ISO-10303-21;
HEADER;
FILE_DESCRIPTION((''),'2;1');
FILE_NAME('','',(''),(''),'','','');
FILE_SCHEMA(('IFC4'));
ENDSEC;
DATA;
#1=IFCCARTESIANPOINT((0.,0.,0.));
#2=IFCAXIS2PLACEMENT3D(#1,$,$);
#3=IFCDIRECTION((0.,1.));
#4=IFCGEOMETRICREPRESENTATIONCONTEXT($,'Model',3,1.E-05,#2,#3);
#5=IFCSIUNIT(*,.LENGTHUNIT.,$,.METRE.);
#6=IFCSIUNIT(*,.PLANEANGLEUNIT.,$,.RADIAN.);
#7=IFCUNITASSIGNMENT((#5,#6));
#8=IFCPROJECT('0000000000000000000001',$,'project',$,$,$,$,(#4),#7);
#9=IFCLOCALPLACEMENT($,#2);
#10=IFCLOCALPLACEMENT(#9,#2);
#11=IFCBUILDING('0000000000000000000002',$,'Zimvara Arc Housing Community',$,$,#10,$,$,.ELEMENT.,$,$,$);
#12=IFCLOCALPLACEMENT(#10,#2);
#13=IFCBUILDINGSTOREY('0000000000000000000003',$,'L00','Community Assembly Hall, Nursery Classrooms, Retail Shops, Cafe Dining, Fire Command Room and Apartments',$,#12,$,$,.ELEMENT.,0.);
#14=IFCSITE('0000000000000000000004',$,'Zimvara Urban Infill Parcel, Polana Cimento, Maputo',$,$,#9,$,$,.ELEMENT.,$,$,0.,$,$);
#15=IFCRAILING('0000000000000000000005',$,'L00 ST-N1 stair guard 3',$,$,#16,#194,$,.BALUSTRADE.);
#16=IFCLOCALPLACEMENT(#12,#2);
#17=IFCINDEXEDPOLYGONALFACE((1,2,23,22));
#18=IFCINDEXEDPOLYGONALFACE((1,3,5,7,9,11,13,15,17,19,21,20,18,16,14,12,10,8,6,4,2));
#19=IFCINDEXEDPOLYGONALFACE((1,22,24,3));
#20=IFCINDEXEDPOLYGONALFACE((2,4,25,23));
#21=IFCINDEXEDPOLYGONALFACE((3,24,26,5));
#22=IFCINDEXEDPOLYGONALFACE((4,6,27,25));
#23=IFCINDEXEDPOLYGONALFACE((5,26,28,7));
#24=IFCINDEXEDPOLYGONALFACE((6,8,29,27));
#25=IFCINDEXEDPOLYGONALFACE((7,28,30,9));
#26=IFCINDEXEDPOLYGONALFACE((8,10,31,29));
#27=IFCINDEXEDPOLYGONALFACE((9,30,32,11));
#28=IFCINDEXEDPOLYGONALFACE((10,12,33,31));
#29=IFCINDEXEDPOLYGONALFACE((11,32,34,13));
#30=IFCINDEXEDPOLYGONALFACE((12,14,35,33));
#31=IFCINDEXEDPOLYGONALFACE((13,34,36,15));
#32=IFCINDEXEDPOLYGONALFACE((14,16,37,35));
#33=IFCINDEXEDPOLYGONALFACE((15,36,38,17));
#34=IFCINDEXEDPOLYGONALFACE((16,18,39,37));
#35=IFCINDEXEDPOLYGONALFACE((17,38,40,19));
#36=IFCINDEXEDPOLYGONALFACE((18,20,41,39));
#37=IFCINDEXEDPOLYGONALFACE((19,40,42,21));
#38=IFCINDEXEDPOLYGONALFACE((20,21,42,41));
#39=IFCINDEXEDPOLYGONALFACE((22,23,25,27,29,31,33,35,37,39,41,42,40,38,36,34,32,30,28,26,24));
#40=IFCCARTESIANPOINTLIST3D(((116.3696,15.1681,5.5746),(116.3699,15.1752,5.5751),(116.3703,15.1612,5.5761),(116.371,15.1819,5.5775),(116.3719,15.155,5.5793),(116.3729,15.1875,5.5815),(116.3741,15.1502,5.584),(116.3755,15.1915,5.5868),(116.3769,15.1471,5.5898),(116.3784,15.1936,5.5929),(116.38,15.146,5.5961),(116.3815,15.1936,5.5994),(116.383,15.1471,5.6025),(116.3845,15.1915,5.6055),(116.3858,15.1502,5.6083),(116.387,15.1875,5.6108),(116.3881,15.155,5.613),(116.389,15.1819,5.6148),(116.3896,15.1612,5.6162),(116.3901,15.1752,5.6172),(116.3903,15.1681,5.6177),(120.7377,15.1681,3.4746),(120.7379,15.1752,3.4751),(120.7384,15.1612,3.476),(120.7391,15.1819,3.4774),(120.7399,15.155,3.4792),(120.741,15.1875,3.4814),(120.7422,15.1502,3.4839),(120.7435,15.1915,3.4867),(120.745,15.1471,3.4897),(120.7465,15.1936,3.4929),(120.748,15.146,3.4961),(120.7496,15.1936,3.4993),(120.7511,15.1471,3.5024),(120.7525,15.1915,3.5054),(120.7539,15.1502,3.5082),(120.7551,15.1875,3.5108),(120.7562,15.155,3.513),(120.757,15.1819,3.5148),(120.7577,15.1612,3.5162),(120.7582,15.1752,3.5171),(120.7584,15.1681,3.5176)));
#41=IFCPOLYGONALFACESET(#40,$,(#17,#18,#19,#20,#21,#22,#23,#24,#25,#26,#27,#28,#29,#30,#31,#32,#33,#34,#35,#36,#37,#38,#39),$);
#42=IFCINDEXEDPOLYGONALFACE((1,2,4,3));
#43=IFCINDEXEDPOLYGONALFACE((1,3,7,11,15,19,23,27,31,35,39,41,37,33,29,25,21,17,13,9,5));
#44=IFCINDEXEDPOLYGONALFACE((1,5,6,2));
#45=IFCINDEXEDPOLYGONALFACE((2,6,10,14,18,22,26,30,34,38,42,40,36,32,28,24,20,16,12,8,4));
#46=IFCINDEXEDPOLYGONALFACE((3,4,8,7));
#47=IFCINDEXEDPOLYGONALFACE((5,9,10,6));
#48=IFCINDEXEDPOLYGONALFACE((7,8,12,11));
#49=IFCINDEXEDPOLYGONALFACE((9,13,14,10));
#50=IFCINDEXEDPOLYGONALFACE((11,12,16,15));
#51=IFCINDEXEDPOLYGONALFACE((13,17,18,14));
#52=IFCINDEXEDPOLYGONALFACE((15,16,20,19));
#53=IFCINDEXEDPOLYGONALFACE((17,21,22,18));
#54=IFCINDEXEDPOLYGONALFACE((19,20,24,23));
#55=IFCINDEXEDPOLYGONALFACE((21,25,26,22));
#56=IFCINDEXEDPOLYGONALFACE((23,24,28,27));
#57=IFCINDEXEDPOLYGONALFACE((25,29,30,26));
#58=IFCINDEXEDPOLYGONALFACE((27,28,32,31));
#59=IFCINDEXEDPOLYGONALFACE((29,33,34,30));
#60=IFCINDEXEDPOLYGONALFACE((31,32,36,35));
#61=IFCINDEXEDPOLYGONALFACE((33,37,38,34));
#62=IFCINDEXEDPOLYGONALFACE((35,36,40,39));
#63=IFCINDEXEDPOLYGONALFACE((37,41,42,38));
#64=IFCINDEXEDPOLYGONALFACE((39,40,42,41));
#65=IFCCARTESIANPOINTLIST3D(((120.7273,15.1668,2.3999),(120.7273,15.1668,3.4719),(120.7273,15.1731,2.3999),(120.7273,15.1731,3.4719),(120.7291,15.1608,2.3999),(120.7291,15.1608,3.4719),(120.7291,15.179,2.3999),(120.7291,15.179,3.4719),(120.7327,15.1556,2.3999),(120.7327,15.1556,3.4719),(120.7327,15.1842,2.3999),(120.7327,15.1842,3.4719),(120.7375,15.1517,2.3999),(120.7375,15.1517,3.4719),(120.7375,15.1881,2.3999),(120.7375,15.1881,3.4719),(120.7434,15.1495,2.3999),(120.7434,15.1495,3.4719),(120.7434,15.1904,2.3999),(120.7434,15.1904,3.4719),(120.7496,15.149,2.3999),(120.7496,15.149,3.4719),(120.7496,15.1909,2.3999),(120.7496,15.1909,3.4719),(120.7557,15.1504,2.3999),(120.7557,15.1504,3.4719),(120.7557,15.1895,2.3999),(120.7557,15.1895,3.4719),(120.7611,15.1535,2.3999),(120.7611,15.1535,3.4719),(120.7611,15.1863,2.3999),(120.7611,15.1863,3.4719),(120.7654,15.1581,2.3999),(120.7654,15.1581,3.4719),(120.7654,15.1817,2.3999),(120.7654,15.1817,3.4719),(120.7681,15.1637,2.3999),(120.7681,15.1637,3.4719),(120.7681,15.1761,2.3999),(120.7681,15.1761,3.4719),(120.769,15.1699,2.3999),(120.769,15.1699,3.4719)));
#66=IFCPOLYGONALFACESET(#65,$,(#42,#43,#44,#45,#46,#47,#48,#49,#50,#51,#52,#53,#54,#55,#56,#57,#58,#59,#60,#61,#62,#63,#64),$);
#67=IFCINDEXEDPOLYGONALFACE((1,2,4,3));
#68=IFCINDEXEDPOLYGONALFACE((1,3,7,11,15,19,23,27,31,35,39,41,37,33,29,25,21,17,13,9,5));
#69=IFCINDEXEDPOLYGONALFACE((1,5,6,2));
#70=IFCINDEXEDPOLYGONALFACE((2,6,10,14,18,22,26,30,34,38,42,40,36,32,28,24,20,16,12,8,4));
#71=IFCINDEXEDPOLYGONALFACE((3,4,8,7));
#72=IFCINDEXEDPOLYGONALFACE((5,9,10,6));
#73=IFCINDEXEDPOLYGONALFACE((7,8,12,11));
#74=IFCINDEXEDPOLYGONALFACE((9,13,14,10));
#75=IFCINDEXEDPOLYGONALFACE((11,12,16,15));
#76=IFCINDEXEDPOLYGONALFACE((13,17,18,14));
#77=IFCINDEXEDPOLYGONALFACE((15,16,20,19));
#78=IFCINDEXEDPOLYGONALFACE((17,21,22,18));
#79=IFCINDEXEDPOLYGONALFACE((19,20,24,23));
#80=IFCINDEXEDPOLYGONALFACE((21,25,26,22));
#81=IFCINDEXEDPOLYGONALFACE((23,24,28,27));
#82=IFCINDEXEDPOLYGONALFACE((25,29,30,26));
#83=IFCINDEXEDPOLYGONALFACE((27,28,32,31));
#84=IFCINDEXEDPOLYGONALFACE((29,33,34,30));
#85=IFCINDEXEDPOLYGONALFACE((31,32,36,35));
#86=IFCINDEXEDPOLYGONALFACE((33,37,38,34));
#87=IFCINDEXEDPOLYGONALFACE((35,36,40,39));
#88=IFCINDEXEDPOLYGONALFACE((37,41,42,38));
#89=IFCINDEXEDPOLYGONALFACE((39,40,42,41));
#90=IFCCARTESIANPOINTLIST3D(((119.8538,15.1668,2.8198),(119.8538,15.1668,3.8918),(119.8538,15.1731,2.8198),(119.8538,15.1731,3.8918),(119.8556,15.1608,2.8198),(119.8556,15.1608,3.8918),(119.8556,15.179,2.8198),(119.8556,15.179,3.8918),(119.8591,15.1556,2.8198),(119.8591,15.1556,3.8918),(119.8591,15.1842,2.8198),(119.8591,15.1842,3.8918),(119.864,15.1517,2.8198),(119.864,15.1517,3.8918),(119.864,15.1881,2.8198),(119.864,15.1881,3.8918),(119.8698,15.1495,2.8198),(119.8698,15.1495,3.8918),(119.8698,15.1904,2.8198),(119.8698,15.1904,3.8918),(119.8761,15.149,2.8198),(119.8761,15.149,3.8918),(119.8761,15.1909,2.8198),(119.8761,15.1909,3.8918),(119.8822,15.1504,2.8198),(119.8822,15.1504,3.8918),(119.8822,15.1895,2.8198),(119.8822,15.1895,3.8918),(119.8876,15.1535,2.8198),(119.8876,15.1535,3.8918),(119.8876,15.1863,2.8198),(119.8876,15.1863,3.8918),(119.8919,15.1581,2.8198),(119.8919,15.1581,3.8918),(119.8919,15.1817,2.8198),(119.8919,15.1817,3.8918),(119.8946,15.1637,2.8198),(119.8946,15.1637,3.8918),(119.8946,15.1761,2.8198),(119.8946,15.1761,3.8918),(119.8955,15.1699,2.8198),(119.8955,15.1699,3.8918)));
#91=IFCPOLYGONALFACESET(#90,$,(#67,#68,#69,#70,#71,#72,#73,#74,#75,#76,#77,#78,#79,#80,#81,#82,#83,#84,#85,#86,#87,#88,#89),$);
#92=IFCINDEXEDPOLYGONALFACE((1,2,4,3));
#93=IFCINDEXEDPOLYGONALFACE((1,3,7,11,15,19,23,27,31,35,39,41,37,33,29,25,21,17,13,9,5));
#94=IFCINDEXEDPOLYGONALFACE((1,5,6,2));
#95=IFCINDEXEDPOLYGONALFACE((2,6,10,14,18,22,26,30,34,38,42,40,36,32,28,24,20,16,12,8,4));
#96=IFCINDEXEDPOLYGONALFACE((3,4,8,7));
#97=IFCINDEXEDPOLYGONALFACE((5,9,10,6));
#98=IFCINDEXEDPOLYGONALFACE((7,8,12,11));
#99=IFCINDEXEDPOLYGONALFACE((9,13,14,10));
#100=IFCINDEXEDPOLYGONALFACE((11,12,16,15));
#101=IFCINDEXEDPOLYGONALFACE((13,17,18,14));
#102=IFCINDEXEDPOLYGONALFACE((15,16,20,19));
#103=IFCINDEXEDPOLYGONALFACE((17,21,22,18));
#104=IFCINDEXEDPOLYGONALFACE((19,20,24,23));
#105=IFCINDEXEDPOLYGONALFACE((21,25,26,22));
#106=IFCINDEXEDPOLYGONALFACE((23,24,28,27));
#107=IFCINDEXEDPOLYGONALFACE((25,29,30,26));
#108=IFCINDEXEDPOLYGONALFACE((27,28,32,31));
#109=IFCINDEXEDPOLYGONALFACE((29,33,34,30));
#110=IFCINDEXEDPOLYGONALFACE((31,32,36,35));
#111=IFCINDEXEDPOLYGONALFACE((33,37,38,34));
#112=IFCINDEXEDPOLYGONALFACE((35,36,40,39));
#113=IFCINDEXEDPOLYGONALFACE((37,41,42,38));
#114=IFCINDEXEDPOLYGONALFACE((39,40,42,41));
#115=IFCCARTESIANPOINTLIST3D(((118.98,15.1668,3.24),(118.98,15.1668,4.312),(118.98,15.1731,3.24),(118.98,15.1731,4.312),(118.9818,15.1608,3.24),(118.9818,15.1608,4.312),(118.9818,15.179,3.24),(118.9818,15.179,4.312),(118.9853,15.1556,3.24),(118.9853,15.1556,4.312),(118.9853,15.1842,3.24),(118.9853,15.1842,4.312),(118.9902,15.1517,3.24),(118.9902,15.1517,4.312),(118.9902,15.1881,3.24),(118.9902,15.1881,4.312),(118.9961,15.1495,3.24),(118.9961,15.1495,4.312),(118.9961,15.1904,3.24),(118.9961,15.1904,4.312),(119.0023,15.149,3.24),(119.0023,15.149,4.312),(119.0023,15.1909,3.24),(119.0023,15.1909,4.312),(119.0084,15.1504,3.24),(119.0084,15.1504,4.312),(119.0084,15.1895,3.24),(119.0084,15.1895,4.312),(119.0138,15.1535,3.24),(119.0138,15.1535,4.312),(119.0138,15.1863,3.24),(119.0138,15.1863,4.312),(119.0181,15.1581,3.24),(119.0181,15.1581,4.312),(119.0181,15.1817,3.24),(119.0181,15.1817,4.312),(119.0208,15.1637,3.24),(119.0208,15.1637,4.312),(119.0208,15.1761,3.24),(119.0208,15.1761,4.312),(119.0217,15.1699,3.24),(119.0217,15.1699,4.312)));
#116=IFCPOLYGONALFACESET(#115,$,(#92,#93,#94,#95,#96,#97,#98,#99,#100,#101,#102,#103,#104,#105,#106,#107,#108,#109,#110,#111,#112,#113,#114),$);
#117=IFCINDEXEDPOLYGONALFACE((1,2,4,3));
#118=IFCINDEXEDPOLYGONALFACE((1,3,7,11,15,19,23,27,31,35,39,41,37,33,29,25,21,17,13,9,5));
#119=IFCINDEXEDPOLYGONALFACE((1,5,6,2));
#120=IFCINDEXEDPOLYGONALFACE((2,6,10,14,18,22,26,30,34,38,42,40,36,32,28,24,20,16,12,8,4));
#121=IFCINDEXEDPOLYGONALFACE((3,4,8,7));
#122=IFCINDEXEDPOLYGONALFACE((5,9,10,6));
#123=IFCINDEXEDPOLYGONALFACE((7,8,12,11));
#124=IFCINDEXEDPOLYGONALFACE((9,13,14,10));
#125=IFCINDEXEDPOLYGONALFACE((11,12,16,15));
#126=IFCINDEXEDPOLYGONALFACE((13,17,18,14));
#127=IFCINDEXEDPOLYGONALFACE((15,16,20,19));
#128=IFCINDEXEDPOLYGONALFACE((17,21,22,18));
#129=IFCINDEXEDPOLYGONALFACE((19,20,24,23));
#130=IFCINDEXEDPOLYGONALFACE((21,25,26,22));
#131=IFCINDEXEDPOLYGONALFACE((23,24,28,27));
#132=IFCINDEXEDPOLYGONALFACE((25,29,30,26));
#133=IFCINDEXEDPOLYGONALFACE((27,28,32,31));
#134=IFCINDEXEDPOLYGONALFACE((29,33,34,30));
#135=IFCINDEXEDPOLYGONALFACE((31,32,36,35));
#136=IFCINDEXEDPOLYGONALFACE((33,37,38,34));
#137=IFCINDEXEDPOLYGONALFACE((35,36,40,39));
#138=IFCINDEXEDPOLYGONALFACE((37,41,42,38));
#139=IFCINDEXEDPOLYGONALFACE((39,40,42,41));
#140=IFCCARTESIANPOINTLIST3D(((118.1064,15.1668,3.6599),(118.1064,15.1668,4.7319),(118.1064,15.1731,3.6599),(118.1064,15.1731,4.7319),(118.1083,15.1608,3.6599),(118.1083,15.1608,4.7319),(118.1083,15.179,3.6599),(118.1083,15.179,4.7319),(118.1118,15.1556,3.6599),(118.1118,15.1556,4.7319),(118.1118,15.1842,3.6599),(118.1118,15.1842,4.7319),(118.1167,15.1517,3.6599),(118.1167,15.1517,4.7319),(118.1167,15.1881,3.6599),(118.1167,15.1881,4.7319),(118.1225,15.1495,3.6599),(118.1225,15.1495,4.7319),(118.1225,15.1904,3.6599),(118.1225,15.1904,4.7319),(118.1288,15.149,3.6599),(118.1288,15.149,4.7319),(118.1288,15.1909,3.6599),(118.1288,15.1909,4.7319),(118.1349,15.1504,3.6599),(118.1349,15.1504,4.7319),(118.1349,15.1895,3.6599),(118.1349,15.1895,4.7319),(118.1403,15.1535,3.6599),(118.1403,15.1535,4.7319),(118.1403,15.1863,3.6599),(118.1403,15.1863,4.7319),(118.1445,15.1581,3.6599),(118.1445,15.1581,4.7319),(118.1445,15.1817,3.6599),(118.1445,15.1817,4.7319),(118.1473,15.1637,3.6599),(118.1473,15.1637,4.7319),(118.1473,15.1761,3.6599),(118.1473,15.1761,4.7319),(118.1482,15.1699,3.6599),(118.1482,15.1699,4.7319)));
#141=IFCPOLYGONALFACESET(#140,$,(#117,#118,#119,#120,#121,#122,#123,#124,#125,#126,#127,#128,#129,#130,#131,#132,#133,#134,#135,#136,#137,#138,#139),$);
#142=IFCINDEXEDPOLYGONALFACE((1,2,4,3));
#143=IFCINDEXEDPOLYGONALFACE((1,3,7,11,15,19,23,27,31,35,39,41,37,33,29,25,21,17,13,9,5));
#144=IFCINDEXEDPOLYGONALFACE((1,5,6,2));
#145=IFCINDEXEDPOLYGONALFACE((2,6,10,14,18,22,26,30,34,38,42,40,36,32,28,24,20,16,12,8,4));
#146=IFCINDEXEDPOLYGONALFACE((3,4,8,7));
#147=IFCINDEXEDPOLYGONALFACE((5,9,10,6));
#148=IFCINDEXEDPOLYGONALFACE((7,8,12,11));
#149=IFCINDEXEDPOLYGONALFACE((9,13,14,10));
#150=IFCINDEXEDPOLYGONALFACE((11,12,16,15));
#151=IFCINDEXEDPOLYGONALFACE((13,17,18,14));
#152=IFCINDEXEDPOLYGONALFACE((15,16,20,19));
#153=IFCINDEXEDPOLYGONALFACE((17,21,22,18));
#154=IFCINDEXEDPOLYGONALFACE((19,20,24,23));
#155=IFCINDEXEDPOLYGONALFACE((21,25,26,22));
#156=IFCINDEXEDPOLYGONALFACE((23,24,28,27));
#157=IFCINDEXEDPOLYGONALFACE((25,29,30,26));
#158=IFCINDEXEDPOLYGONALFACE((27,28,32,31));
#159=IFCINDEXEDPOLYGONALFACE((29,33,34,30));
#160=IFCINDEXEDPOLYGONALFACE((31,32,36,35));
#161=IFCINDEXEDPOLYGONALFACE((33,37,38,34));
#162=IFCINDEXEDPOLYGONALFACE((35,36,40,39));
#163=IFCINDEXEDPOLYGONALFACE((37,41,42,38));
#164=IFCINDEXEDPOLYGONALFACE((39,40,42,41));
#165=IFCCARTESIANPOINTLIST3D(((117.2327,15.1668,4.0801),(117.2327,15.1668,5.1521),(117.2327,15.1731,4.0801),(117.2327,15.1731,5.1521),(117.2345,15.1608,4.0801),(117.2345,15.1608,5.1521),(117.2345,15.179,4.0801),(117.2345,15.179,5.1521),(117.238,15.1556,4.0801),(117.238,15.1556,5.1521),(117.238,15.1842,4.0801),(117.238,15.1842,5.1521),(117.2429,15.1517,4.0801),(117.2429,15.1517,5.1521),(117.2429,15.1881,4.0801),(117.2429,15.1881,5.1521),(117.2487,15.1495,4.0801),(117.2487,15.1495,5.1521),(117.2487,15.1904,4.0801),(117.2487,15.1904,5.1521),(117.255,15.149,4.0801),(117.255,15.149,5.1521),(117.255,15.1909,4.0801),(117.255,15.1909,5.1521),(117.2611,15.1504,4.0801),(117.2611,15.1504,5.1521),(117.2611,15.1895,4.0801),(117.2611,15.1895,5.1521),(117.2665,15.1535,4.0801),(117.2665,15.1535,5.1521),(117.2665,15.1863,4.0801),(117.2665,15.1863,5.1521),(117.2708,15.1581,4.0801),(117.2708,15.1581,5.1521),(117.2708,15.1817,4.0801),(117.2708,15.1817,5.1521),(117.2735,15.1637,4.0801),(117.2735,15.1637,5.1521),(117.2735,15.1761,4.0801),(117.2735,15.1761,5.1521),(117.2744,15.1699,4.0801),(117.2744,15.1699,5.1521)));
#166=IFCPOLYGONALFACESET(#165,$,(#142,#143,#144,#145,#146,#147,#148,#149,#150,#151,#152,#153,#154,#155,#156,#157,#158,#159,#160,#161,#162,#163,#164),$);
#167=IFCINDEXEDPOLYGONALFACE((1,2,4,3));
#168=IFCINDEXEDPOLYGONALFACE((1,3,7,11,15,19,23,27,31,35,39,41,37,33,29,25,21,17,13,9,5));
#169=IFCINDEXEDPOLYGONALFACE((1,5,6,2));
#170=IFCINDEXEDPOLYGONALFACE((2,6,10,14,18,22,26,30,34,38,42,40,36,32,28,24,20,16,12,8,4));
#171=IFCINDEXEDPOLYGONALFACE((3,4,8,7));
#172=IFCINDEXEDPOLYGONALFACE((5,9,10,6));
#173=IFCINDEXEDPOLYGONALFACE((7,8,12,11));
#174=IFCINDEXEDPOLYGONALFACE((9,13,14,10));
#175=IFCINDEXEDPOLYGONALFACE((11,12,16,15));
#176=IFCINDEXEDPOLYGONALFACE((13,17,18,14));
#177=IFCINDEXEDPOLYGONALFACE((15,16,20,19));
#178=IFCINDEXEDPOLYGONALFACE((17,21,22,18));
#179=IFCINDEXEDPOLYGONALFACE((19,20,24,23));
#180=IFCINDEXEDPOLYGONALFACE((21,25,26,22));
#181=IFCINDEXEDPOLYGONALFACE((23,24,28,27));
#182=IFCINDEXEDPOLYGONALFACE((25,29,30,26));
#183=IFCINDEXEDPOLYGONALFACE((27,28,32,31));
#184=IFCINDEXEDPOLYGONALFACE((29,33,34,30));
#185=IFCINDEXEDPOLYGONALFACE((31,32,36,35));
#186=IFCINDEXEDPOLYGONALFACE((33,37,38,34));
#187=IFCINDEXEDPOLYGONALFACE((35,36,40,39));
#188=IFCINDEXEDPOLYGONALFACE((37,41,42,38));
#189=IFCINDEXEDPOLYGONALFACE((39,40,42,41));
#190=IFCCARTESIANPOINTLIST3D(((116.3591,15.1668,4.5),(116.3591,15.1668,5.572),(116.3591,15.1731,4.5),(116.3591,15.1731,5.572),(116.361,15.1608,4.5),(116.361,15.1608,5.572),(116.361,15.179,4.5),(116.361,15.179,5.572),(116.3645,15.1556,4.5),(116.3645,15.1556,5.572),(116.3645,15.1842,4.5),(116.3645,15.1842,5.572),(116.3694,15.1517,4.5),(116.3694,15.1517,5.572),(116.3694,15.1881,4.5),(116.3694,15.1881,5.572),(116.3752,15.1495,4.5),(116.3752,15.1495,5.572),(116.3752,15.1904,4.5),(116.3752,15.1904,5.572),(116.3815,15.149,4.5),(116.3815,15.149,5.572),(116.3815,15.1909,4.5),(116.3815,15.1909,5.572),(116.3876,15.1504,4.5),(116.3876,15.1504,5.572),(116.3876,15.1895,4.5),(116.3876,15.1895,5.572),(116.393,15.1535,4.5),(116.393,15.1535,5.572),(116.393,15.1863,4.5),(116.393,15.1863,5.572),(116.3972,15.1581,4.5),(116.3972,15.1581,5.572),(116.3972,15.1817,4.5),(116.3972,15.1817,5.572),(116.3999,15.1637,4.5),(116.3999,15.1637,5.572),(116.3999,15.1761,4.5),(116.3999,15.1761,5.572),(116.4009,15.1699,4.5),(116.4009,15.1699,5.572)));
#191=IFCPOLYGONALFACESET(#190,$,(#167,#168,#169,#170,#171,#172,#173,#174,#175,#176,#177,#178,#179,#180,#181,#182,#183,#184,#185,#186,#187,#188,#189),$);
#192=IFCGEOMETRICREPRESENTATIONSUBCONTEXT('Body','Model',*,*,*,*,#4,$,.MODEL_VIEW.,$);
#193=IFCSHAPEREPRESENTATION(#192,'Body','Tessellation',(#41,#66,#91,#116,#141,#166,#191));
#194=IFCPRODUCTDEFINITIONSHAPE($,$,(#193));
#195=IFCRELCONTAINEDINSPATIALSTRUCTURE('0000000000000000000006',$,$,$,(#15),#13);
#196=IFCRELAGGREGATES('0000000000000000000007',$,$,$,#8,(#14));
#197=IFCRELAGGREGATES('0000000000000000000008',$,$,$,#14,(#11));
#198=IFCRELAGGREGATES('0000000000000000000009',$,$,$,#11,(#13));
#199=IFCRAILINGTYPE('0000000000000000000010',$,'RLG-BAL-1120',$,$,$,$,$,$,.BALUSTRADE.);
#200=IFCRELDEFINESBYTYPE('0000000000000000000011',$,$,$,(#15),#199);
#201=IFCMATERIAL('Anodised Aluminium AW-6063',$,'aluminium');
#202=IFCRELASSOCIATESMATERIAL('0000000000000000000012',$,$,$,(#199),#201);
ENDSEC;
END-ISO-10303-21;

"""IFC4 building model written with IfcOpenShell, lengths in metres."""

from ifc_helpers import new_model, si_unit, direction, frame, origin, origin_2d, place, context, subcontext, project, spatial, circle, extrude, material, type_object, element, save


model = new_model("IFC4")

# Units and contexts
model_context = context("Model", 3, precision=1e-05, world=origin(), true_north=direction((0.0, 1.0)))
body_context = subcontext(model_context, "Body", "Model", "MODEL_VIEW")
ifc_project = project(units=[si_unit("LENGTHUNIT", "METRE"), si_unit("PLANEANGLEUNIT", "RADIAN")], contexts=[model_context])

# Site, building, storey
site_placement = place(None, origin())
site = spatial("IfcSite", under=ifc_project, at=site_placement, Name="Zimvara Urban Infill Parcel, Polana Cimento, Maputo", CompositionType="ELEMENT", RefElevation=0.0)
building_placement = place(site_placement, origin())
building = spatial("IfcBuilding", under=site, at=building_placement, Name="Zimvara Arc Housing Community", CompositionType="ELEMENT")
storey_placement = place(building_placement, origin())
storey = spatial("IfcBuildingStorey", under=building, at=storey_placement, Name="L00", Description="Community Assembly Hall, Nursery Classrooms, Retail Shops, Cafe Dining, Fire Command Room and Apartments", CompositionType="ELEMENT", Elevation=0.0)

# Railing
ifc_material_1 = material(Name="Anodised Aluminium AW-6063", Category="aluminium")
railing_type_1 = type_object("IfcRailingType", Name="RLG-BAL-1120", PredefinedType="BALUSTRADE", material=ifc_material_1)
railing_1_placement = place(storey_placement, frame((120.748, 15.1699, 2.3999)))
element("IfcRailing", 1, at=railing_1_placement, inside=storey, type_object=railing_type_1, Name="L00 ST-N1 stair guard 3", PredefinedType="BALUSTRADE", context=body_context, shape_type="SweptSolid", body=[
    extrude(circle(Radius=0.0239, at=origin_2d()), frame((0.0, 0.0, 1.0962), z_axis=(-0.901251, 0.0, 0.433298), x_axis=(0.0, -1.0, 0.0)), (0.0, 0.0, 1.0), 4.8467),
    extrude(circle(Radius=0.021, at=origin_2d()), origin(), (0.0, 0.0, 1.0), 1.072),
    extrude(circle(Radius=0.021, at=origin_2d()), frame((-0.8735, 0.0, 0.4199)), (0.0, 0.0, 1.0), 1.072),
    extrude(circle(Radius=0.021, at=origin_2d()), frame((-1.7473, 0.0, 0.8401)), (0.0, 0.0, 1.0), 1.072),
    extrude(circle(Radius=0.021, at=origin_2d()), frame((-2.6208, 0.0, 1.26)), (0.0, 0.0, 1.0), 1.072),
    extrude(circle(Radius=0.021, at=origin_2d()), frame((-3.4946, 0.0, 1.6802)), (0.0, 0.0, 1.0), 1.072),
    extrude(circle(Radius=0.021, at=origin_2d()), frame((-4.3682, 0.0, 2.1001)), (0.0, 0.0, 1.0), 1.072),
])

save(model, "model.ifc")
